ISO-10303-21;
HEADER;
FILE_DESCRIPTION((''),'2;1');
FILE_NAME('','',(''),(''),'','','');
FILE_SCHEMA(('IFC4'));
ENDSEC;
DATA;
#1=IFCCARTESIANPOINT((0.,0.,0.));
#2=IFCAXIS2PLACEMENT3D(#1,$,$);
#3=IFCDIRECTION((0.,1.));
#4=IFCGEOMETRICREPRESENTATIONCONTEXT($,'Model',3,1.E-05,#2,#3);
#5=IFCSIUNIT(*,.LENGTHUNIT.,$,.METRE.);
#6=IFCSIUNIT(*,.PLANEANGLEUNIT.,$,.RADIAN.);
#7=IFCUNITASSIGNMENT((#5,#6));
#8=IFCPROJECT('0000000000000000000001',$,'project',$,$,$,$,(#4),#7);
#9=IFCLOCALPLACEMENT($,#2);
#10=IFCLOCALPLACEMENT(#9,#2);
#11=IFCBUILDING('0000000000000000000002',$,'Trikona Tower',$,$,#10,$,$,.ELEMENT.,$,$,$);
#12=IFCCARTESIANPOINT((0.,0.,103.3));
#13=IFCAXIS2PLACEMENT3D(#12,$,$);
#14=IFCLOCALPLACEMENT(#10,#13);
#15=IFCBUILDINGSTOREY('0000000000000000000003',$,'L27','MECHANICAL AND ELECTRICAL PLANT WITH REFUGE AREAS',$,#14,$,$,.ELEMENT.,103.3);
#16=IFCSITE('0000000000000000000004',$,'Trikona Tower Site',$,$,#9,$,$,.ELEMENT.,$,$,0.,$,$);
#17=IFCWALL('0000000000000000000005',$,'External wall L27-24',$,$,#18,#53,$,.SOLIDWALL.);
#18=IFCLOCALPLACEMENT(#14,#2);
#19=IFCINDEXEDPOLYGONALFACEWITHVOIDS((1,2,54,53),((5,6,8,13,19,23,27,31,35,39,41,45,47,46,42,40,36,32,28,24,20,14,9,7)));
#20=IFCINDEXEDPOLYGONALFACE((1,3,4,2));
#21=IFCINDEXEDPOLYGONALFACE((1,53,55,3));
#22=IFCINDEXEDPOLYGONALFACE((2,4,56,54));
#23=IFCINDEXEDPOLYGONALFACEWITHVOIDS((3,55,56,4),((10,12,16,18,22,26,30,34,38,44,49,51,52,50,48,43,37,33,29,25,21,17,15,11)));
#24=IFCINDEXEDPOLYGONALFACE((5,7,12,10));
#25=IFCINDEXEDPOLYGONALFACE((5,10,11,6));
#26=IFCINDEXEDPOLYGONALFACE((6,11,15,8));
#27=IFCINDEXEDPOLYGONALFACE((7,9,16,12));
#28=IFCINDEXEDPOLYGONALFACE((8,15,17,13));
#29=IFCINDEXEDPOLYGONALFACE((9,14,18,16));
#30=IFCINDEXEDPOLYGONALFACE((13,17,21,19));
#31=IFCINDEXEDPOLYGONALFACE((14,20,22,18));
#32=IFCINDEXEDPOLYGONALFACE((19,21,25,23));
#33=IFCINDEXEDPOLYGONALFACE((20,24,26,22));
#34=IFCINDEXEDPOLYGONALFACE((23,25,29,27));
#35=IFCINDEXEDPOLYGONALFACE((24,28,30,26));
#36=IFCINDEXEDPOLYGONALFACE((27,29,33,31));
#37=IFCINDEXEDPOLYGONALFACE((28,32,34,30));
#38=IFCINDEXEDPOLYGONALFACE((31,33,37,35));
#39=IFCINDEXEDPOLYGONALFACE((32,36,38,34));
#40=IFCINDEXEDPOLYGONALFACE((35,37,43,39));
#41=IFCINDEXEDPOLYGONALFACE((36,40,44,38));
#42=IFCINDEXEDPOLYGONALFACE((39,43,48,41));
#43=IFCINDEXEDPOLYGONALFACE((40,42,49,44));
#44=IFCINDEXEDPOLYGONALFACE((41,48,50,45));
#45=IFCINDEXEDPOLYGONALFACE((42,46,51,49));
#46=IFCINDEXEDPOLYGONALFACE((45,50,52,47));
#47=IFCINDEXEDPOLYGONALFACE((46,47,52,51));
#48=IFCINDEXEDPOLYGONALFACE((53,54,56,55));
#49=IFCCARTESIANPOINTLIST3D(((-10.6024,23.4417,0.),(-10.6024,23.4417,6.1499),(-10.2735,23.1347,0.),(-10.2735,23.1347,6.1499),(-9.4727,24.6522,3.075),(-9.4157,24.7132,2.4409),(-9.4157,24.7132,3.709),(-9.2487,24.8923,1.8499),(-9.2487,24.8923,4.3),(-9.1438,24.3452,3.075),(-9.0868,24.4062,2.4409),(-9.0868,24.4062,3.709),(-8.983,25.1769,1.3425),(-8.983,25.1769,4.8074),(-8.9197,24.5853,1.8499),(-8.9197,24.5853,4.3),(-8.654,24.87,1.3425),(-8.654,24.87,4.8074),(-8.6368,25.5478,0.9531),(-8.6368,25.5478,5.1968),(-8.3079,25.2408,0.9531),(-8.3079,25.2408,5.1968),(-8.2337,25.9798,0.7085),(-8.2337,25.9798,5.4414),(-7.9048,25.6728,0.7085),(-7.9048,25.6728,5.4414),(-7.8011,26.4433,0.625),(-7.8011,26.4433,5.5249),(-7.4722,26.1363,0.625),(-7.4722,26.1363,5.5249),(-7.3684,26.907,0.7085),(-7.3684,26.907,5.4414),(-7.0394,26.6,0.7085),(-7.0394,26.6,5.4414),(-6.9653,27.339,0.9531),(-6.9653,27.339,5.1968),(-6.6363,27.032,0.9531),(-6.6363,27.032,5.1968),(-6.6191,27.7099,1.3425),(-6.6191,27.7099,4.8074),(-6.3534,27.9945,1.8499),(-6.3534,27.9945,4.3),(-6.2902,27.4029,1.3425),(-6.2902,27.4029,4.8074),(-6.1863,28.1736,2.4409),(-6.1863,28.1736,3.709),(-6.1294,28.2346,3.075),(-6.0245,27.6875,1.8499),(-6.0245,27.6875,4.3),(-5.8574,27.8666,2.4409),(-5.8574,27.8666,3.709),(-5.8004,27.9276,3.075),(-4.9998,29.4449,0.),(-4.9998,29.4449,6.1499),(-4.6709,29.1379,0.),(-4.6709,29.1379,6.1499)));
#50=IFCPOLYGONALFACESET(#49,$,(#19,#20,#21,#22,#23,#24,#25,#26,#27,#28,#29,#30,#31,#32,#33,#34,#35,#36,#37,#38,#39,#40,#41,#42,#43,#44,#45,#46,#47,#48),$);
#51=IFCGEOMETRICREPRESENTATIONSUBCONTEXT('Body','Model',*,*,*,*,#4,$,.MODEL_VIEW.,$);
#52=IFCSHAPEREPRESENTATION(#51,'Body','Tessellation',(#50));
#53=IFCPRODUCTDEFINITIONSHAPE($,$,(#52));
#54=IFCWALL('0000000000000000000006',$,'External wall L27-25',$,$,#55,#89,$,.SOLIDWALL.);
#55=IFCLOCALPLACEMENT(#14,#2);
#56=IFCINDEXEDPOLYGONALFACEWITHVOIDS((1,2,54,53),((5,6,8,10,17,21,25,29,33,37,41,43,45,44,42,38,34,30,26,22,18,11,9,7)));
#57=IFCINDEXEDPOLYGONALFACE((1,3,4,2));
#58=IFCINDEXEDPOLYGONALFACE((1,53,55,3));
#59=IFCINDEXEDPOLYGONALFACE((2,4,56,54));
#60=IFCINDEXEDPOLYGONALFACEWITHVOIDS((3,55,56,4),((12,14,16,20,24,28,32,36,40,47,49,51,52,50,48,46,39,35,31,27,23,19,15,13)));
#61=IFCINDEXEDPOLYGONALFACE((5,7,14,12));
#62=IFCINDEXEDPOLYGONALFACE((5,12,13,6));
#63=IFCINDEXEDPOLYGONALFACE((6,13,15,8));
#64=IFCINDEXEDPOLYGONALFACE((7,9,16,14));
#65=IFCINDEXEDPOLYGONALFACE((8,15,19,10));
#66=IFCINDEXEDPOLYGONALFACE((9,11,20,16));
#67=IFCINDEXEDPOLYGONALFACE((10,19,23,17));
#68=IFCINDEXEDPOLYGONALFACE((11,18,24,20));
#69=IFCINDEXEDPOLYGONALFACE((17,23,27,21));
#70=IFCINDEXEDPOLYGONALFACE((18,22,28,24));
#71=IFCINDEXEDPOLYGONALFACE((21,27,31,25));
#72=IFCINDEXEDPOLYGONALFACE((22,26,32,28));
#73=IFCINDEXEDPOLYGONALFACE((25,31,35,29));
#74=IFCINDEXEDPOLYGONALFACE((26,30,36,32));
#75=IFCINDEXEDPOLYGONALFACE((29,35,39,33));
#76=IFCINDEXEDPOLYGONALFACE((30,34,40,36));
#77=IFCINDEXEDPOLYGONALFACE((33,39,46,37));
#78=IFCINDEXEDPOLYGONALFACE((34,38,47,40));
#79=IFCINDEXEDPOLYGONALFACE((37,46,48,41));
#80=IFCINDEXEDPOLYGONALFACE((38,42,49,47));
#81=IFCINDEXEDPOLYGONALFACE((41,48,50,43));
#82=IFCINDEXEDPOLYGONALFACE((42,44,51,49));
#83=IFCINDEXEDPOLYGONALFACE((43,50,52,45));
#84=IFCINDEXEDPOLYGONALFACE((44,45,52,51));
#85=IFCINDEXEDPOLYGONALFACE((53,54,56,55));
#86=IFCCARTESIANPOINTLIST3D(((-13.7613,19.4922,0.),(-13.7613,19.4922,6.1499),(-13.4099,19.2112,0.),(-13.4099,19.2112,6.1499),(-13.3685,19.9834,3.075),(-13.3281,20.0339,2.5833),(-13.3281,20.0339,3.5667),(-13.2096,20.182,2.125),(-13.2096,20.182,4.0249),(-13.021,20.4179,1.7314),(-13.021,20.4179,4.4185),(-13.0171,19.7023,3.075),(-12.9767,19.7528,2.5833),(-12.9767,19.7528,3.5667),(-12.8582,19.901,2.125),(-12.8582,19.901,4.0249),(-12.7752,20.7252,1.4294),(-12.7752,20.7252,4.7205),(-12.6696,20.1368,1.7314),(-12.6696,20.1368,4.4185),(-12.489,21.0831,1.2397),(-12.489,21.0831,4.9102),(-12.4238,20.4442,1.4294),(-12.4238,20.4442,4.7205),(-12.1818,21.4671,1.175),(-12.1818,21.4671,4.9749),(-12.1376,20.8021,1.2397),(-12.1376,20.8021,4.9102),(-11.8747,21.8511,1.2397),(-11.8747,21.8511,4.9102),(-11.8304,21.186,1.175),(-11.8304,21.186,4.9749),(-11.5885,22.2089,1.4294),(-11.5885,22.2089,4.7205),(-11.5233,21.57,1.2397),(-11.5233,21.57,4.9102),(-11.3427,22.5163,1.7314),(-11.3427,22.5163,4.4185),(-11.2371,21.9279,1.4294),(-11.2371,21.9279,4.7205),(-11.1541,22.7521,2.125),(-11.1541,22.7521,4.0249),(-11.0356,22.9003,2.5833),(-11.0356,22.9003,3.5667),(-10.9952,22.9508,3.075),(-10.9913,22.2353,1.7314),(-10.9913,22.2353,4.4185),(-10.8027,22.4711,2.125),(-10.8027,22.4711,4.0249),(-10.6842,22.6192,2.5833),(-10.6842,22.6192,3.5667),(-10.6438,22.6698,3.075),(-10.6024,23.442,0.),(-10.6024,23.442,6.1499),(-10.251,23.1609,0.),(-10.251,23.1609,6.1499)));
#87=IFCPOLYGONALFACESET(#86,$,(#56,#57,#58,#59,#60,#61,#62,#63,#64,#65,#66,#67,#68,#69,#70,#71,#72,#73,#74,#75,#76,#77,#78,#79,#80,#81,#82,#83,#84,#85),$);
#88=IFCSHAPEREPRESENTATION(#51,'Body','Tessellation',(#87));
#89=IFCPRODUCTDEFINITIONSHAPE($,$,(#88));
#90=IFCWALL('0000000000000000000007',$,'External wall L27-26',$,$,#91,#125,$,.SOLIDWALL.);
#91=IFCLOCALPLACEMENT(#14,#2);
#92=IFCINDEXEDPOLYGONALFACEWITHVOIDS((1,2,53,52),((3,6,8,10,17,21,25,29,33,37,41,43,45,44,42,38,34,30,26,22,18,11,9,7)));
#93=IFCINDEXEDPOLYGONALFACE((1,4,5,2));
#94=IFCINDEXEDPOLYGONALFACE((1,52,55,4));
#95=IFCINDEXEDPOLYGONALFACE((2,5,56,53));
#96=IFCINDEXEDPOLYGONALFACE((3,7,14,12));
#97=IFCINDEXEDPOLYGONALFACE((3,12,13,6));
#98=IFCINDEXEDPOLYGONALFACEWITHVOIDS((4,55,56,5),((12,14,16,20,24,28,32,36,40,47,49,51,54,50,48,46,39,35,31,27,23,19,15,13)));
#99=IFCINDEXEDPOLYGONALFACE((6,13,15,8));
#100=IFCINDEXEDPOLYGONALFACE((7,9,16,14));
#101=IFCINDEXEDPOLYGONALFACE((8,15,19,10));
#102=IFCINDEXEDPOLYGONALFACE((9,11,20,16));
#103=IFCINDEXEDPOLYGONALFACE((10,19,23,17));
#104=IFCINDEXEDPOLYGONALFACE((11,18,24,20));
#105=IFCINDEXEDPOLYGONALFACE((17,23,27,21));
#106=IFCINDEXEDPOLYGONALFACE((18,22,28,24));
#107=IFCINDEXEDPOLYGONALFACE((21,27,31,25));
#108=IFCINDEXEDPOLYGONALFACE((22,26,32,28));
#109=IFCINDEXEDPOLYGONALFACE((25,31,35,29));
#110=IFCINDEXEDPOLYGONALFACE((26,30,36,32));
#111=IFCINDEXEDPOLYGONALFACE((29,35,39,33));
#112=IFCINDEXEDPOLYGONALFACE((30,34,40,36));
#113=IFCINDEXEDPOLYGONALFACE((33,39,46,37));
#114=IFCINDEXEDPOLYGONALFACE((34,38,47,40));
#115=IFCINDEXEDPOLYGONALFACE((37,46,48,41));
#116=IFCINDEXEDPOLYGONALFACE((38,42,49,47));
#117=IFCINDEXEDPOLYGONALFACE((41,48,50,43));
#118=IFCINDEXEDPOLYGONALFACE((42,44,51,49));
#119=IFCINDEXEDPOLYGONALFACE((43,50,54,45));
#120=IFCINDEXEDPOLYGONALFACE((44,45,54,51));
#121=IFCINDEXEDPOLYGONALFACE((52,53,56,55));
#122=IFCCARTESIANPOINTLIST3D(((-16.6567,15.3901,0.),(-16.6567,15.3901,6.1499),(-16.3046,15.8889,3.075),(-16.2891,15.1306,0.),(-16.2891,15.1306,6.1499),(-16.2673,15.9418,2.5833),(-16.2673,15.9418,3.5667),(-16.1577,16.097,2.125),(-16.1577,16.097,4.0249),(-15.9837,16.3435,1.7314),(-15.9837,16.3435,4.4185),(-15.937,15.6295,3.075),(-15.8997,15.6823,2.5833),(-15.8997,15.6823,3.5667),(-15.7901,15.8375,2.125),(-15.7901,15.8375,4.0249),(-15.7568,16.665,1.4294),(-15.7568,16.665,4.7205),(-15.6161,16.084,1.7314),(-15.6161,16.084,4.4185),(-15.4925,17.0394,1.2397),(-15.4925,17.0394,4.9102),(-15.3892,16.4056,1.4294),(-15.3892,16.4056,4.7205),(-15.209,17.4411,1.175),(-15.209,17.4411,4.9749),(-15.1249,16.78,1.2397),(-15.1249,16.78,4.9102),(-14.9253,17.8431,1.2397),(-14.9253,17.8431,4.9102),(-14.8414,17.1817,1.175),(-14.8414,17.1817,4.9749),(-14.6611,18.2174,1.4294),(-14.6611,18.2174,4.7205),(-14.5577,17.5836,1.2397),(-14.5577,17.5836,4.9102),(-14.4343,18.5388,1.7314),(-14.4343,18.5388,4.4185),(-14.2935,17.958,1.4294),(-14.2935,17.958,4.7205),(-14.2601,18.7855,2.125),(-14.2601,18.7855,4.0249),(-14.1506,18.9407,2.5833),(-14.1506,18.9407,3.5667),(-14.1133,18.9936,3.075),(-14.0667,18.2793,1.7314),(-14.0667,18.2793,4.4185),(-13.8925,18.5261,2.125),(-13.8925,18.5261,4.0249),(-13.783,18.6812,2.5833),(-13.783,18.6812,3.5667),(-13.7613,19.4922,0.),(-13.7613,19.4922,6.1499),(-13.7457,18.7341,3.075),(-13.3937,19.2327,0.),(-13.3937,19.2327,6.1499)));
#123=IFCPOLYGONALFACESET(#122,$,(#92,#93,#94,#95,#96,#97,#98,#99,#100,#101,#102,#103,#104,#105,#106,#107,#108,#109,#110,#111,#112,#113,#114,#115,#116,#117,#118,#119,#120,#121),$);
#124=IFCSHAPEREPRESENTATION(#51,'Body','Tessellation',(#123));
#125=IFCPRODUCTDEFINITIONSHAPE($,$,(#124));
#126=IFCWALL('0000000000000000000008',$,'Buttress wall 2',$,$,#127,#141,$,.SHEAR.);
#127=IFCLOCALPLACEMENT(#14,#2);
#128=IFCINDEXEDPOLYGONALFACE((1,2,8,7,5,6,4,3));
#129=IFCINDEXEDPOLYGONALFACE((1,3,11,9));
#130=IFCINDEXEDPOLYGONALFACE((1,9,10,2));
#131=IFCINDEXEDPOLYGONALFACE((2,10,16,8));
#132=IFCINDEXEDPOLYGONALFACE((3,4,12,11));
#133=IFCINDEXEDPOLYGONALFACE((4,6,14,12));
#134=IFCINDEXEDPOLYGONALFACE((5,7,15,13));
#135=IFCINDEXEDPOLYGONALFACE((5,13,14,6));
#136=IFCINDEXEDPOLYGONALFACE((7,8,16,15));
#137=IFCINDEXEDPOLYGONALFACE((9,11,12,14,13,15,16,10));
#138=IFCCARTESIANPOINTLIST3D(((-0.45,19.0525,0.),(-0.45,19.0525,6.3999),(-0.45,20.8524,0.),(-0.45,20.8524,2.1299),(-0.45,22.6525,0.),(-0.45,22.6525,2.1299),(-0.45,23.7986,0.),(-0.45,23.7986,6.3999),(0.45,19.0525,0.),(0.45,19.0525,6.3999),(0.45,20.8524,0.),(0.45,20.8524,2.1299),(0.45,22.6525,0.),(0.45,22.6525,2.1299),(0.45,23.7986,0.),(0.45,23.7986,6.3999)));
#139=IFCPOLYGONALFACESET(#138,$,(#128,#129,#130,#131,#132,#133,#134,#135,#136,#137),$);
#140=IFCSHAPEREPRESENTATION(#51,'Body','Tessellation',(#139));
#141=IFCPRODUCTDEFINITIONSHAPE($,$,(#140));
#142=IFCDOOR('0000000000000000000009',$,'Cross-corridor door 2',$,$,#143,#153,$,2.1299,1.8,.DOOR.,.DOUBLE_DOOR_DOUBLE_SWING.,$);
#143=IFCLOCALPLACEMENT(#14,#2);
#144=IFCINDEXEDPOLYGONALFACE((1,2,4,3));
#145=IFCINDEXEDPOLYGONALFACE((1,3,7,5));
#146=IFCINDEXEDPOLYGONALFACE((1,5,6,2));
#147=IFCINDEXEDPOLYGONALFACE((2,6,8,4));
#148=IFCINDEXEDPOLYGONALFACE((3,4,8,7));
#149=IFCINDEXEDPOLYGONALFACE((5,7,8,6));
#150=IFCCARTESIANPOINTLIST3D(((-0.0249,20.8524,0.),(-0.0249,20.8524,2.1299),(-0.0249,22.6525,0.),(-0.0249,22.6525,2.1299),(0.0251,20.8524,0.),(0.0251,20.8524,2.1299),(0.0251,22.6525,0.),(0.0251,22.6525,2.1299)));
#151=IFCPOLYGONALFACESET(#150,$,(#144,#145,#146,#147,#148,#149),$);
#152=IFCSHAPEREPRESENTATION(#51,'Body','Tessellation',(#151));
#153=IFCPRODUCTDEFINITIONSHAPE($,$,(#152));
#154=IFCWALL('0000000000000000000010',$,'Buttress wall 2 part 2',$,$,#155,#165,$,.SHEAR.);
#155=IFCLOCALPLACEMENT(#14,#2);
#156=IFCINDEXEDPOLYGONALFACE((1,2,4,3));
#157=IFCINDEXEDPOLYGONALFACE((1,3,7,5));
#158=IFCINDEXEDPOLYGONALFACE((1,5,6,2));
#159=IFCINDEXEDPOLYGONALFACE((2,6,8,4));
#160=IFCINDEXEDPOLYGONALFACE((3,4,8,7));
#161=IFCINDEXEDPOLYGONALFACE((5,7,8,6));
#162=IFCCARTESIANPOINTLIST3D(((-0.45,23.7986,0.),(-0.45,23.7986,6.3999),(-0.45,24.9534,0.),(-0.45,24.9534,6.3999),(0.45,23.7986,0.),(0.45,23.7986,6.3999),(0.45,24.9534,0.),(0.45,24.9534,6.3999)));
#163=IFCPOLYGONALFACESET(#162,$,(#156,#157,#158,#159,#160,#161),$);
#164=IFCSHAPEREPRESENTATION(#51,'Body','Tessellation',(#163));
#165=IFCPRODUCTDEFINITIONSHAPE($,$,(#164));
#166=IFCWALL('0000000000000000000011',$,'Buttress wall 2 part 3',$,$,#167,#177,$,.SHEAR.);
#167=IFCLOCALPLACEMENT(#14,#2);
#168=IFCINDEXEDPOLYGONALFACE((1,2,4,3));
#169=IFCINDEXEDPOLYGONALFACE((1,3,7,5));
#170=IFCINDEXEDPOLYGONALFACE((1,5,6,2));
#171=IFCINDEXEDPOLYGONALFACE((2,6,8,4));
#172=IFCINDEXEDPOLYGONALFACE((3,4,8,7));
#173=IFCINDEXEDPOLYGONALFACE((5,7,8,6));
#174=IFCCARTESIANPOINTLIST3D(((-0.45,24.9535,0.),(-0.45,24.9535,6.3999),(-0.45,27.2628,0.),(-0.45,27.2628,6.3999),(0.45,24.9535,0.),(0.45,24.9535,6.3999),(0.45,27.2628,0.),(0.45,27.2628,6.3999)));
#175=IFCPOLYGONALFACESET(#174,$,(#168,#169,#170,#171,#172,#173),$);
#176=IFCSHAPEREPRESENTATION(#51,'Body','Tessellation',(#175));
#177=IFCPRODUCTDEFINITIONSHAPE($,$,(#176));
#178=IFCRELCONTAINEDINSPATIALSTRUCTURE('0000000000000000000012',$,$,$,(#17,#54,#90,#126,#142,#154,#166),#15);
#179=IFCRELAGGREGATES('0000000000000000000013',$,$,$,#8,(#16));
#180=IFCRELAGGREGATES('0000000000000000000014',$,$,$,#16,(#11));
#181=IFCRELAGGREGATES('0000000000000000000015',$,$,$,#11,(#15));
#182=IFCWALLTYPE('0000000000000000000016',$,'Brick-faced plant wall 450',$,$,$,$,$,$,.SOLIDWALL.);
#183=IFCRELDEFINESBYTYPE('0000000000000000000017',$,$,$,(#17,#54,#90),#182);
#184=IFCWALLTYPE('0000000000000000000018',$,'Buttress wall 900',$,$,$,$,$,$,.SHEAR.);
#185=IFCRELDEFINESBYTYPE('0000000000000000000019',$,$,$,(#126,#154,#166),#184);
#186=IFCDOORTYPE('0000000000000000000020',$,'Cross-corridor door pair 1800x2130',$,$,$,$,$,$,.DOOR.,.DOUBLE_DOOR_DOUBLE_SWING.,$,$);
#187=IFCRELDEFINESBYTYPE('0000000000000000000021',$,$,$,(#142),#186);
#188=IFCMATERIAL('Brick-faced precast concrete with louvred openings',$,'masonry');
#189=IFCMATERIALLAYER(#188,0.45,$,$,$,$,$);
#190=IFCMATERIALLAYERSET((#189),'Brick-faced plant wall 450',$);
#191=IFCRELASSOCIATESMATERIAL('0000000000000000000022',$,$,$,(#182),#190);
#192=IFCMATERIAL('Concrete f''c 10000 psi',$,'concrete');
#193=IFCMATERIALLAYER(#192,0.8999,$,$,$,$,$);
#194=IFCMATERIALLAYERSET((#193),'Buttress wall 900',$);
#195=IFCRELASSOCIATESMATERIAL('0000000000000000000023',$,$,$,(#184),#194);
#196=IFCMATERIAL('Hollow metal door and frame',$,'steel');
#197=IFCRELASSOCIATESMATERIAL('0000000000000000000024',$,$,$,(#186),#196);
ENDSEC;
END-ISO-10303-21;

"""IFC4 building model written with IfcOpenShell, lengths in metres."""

from ifc_helpers import new_model, si_unit, direction, frame, frame_2d, origin, place, context, subcontext, project, spatial, polyline, rectangle, outline, extrude, material, layer, layer_set, type_object, element, fill, save


model = new_model("IFC4")

# Units and contexts
model_context = context("Model", 3, precision=1e-05, world=origin(), true_north=direction((0.0, 1.0)))
body_context = subcontext(model_context, "Body", "Model", "MODEL_VIEW")
ifc_project = project(units=[si_unit("LENGTHUNIT", "METRE"), si_unit("PLANEANGLEUNIT", "RADIAN")], contexts=[model_context])

# Site, building, storey
site_placement = place(None, origin())
site = spatial("IfcSite", under=ifc_project, at=site_placement, Name="Trikona Tower Site", CompositionType="ELEMENT", RefElevation=0.0)
building_placement = place(site_placement, origin())
building = spatial("IfcBuilding", under=site, at=building_placement, Name="Trikona Tower", CompositionType="ELEMENT")
storey_placement = place(building_placement, frame((0.0, 0.0, 103.3)))
storey = spatial("IfcBuildingStorey", under=building, at=storey_placement, Name="L27", Description="MECHANICAL AND ELECTRICAL PLANT WITH REFUGE AREAS", CompositionType="ELEMENT", Elevation=103.3)

# Walls
ifc_material_1 = material(Name="Brick-faced precast concrete with louvred openings", Category="masonry")
ifc_layer_1 = layer(ifc_material_1, 0.45)
ifc_layer_set_1 = layer_set([ifc_layer_1], Name="Brick-faced plant wall 450")
wall_type_1 = type_object("IfcWallType", Name="Brick-faced plant wall 450", PredefinedType="SOLIDWALL", material=ifc_layer_set_1)
wall_1_placement = place(storey_placement, frame((-4.8354, 29.2915, 0.0), z_axis=(0.0, 0.0, 1.0), x_axis=(-0.682291, -0.731081, 0.0)))
element("IfcWall", 1, at=wall_1_placement, inside=storey, type_object=wall_type_1, Name="External wall L27-24", PredefinedType="SOLIDWALL", context=body_context, shape_type="SweptSolid", body=[
    extrude(outline(polyline([(0.0, 0.0), (8.2114, 0.0), (8.2114, 6.1499), (0.0, 6.1499), (0.0, 0.0)]), holes=[polyline([(6.5557, 3.075), (6.4722, 3.709), (6.2273, 4.3), (5.8379, 4.8074), (5.3306, 5.1968), (4.7397, 5.4414), (4.1057, 5.5249), (3.4714, 5.4414), (2.8806, 5.1968), (2.3733, 4.8074), (1.9839, 4.3), (1.739, 3.709), (1.6555, 3.075), (1.739, 2.4409), (1.9839, 1.8499), (2.3733, 1.3425), (2.8806, 0.9531), (3.4714, 0.7085), (4.1057, 0.625), (4.7397, 0.7085), (5.3306, 0.9531), (5.8379, 1.3425), (6.2273, 1.8499), (6.4722, 2.4409), (6.5557, 3.075)])]), frame((0.0, 0.2251, 0.0), z_axis=(0.0, -1.0, 0.0), x_axis=(1.0, 0.0, 0.0)), (0.0, 0.0, 1.0), 0.45),
])
wall_2_placement = place(storey_placement, frame((-10.4268, 23.3015, 0.0), z_axis=(0.0, 0.0, 1.0), x_axis=(-0.624595, -0.780949, 0.0)))
element("IfcWall", 2, at=wall_2_placement, inside=storey, type_object=wall_type_1, Name="External wall L27-25", PredefinedType="SOLIDWALL", context=body_context, shape_type="SweptSolid", body=[
    extrude(outline(polyline([(0.0, 0.0), (5.0576, 0.0), (5.0576, 6.1499), (0.0, 6.1499), (0.0, 0.0)]), holes=[polyline([(4.4287, 3.075), (4.364, 3.5667), (4.1743, 4.0249), (3.8723, 4.4185), (3.4788, 4.7205), (3.0205, 4.9102), (2.5288, 4.9749), (2.0371, 4.9102), (1.5789, 4.7205), (1.1853, 4.4185), (0.8833, 4.0249), (0.6936, 3.5667), (0.6289, 3.075), (0.6936, 2.5833), (0.8833, 2.125), (1.1853, 1.7314), (1.5789, 1.4294), (2.0371, 1.2397), (2.5288, 1.175), (3.0205, 1.2397), (3.4788, 1.4294), (3.8723, 1.7314), (4.1743, 2.125), (4.364, 2.5833), (4.4287, 3.075)])]), frame((0.0, 0.2251, 0.0), z_axis=(0.0, -1.0, 0.0), x_axis=(1.0, 0.0, 0.0)), (0.0, 0.0, 1.0), 0.45),
])
wall_3_placement = place(storey_placement, frame((-13.5776, 19.3625, 0.0), z_axis=(0.0, 0.0, 1.0), x_axis=(-0.576643, -0.816996, 0.0)))
element("IfcWall", 3, at=wall_3_placement, inside=storey, type_object=wall_type_1, Name="External wall L27-26", PredefinedType="SOLIDWALL", context=body_context, shape_type="SweptSolid", body=[
    extrude(outline(polyline([(0.0, 0.0), (5.021, 0.0), (5.021, 6.1499), (0.0, 6.1499), (0.0, 0.0)]), holes=[polyline([(4.4104, 3.075), (4.3457, 3.5667), (4.1558, 4.0249), (3.854, 4.4185), (3.4604, 4.7205), (3.0022, 4.9102), (2.5105, 4.9749), (2.0186, 4.9102), (1.5603, 4.7205), (1.167, 4.4185), (0.865, 4.0249), (0.675, 3.5667), (0.6104, 3.075), (0.675, 2.5833), (0.865, 2.125), (1.167, 1.7314), (1.5603, 1.4294), (2.0186, 1.2397), (2.5105, 1.175), (3.0022, 1.2397), (3.4604, 1.4294), (3.854, 1.7314), (4.1558, 2.125), (4.3457, 2.5833), (4.4104, 3.075)])]), frame((0.0, 0.2251, 0.0), z_axis=(0.0, -1.0, 0.0), x_axis=(1.0, 0.0, 0.0)), (0.0, 0.0, 1.0), 0.45),
])

# Wall, opening, door
ifc_material_2 = material(Name="Concrete f'c 10000 psi", Category="concrete")
ifc_layer_2 = layer(ifc_material_2, 0.8999)
ifc_layer_set_2 = layer_set([ifc_layer_2], Name="Buttress wall 900")
wall_type_2 = type_object("IfcWallType", Name="Buttress wall 900", PredefinedType="SHEAR", material=ifc_layer_set_2)
wall_4_placement = place(storey_placement, frame((0.0, 19.0525, 0.0), z_axis=(0.0, 0.0, 1.0), x_axis=(0.0, 1.0, 0.0)))
wall_4 = element("IfcWall", 4, at=wall_4_placement, inside=storey, type_object=wall_type_2, Name="Buttress wall 2", PredefinedType="SHEAR", context=body_context, shape_type="SweptSolid", body=[
    extrude(rectangle(XDim=4.7461, YDim=0.8999, at=frame_2d((2.373, 0.0))), origin(), (0.0, 0.0, 1.0), 6.3999),
])
opening_1_placement = place(wall_4_placement, frame((1.8, 0.0, 0.0)))
opening_1 = element("IfcOpeningElement", 5, at=opening_1_placement, cuts=wall_4, PredefinedType="OPENING", context=body_context, shape_type="SweptSolid", body=[
    extrude(rectangle(XDim=1.8, YDim=2.1299, at=frame_2d((0.8999, 1.0649))), frame((0.0, 0.46, 0.0), z_axis=(0.0, -1.0, 0.0), x_axis=(1.0, 0.0, 0.0)), (0.0, 0.0, 1.0), 0.9199),
])
ifc_material_3 = material(Name="Hollow metal door and frame", Category="steel")
door_type_1 = type_object("IfcDoorType", Name="Cross-corridor door pair 1800x2130", OperationType="DOUBLE_DOOR_DOUBLE_SWING", PredefinedType="DOOR", material=ifc_material_3)
door_1_placement = place(opening_1_placement, origin())
door_1 = element("IfcDoor", 6, at=door_1_placement, inside=storey, type_object=door_type_1, Name="Cross-corridor door 2", OperationType="DOUBLE_DOOR_DOUBLE_SWING", OverallHeight=2.1299, OverallWidth=1.8, PredefinedType="DOOR", context=body_context, shape_type="SweptSolid", body=[
    extrude(rectangle(XDim=1.8, YDim=2.1299, at=frame_2d((0.8999, 1.0649))), frame((0.0, 0.0249, 0.0), z_axis=(0.0, -1.0, 0.0), x_axis=(1.0, 0.0, 0.0)), (0.0, 0.0, 1.0), 0.05),
])
fill(opening_1, door_1)

# Walls
wall_5_placement = place(storey_placement, frame((0.0, 23.7986, 0.0), z_axis=(0.0, 0.0, 1.0), x_axis=(0.0, 1.0, 0.0)))
element("IfcWall", 7, at=wall_5_placement, inside=storey, type_object=wall_type_2, Name="Buttress wall 2 part 2", PredefinedType="SHEAR", context=body_context, shape_type="SweptSolid", body=[
    extrude(rectangle(XDim=1.1548, YDim=0.8999, at=frame_2d((0.5774, 0.0))), origin(), (0.0, 0.0, 1.0), 6.3999),
])
wall_6_placement = place(storey_placement, frame((0.0, 24.9534, 0.0), z_axis=(0.0, 0.0, 1.0), x_axis=(0.0, 1.0, 0.0)))
element("IfcWall", 8, at=wall_6_placement, inside=storey, type_object=wall_type_2, Name="Buttress wall 2 part 3", PredefinedType="SHEAR", context=body_context, shape_type="SweptSolid", body=[
    extrude(rectangle(XDim=2.3093, YDim=0.8999, at=frame_2d((1.1548, 0.0))), origin(), (0.0, 0.0, 1.0), 6.3999),
])

save(model, "model.ifc")
